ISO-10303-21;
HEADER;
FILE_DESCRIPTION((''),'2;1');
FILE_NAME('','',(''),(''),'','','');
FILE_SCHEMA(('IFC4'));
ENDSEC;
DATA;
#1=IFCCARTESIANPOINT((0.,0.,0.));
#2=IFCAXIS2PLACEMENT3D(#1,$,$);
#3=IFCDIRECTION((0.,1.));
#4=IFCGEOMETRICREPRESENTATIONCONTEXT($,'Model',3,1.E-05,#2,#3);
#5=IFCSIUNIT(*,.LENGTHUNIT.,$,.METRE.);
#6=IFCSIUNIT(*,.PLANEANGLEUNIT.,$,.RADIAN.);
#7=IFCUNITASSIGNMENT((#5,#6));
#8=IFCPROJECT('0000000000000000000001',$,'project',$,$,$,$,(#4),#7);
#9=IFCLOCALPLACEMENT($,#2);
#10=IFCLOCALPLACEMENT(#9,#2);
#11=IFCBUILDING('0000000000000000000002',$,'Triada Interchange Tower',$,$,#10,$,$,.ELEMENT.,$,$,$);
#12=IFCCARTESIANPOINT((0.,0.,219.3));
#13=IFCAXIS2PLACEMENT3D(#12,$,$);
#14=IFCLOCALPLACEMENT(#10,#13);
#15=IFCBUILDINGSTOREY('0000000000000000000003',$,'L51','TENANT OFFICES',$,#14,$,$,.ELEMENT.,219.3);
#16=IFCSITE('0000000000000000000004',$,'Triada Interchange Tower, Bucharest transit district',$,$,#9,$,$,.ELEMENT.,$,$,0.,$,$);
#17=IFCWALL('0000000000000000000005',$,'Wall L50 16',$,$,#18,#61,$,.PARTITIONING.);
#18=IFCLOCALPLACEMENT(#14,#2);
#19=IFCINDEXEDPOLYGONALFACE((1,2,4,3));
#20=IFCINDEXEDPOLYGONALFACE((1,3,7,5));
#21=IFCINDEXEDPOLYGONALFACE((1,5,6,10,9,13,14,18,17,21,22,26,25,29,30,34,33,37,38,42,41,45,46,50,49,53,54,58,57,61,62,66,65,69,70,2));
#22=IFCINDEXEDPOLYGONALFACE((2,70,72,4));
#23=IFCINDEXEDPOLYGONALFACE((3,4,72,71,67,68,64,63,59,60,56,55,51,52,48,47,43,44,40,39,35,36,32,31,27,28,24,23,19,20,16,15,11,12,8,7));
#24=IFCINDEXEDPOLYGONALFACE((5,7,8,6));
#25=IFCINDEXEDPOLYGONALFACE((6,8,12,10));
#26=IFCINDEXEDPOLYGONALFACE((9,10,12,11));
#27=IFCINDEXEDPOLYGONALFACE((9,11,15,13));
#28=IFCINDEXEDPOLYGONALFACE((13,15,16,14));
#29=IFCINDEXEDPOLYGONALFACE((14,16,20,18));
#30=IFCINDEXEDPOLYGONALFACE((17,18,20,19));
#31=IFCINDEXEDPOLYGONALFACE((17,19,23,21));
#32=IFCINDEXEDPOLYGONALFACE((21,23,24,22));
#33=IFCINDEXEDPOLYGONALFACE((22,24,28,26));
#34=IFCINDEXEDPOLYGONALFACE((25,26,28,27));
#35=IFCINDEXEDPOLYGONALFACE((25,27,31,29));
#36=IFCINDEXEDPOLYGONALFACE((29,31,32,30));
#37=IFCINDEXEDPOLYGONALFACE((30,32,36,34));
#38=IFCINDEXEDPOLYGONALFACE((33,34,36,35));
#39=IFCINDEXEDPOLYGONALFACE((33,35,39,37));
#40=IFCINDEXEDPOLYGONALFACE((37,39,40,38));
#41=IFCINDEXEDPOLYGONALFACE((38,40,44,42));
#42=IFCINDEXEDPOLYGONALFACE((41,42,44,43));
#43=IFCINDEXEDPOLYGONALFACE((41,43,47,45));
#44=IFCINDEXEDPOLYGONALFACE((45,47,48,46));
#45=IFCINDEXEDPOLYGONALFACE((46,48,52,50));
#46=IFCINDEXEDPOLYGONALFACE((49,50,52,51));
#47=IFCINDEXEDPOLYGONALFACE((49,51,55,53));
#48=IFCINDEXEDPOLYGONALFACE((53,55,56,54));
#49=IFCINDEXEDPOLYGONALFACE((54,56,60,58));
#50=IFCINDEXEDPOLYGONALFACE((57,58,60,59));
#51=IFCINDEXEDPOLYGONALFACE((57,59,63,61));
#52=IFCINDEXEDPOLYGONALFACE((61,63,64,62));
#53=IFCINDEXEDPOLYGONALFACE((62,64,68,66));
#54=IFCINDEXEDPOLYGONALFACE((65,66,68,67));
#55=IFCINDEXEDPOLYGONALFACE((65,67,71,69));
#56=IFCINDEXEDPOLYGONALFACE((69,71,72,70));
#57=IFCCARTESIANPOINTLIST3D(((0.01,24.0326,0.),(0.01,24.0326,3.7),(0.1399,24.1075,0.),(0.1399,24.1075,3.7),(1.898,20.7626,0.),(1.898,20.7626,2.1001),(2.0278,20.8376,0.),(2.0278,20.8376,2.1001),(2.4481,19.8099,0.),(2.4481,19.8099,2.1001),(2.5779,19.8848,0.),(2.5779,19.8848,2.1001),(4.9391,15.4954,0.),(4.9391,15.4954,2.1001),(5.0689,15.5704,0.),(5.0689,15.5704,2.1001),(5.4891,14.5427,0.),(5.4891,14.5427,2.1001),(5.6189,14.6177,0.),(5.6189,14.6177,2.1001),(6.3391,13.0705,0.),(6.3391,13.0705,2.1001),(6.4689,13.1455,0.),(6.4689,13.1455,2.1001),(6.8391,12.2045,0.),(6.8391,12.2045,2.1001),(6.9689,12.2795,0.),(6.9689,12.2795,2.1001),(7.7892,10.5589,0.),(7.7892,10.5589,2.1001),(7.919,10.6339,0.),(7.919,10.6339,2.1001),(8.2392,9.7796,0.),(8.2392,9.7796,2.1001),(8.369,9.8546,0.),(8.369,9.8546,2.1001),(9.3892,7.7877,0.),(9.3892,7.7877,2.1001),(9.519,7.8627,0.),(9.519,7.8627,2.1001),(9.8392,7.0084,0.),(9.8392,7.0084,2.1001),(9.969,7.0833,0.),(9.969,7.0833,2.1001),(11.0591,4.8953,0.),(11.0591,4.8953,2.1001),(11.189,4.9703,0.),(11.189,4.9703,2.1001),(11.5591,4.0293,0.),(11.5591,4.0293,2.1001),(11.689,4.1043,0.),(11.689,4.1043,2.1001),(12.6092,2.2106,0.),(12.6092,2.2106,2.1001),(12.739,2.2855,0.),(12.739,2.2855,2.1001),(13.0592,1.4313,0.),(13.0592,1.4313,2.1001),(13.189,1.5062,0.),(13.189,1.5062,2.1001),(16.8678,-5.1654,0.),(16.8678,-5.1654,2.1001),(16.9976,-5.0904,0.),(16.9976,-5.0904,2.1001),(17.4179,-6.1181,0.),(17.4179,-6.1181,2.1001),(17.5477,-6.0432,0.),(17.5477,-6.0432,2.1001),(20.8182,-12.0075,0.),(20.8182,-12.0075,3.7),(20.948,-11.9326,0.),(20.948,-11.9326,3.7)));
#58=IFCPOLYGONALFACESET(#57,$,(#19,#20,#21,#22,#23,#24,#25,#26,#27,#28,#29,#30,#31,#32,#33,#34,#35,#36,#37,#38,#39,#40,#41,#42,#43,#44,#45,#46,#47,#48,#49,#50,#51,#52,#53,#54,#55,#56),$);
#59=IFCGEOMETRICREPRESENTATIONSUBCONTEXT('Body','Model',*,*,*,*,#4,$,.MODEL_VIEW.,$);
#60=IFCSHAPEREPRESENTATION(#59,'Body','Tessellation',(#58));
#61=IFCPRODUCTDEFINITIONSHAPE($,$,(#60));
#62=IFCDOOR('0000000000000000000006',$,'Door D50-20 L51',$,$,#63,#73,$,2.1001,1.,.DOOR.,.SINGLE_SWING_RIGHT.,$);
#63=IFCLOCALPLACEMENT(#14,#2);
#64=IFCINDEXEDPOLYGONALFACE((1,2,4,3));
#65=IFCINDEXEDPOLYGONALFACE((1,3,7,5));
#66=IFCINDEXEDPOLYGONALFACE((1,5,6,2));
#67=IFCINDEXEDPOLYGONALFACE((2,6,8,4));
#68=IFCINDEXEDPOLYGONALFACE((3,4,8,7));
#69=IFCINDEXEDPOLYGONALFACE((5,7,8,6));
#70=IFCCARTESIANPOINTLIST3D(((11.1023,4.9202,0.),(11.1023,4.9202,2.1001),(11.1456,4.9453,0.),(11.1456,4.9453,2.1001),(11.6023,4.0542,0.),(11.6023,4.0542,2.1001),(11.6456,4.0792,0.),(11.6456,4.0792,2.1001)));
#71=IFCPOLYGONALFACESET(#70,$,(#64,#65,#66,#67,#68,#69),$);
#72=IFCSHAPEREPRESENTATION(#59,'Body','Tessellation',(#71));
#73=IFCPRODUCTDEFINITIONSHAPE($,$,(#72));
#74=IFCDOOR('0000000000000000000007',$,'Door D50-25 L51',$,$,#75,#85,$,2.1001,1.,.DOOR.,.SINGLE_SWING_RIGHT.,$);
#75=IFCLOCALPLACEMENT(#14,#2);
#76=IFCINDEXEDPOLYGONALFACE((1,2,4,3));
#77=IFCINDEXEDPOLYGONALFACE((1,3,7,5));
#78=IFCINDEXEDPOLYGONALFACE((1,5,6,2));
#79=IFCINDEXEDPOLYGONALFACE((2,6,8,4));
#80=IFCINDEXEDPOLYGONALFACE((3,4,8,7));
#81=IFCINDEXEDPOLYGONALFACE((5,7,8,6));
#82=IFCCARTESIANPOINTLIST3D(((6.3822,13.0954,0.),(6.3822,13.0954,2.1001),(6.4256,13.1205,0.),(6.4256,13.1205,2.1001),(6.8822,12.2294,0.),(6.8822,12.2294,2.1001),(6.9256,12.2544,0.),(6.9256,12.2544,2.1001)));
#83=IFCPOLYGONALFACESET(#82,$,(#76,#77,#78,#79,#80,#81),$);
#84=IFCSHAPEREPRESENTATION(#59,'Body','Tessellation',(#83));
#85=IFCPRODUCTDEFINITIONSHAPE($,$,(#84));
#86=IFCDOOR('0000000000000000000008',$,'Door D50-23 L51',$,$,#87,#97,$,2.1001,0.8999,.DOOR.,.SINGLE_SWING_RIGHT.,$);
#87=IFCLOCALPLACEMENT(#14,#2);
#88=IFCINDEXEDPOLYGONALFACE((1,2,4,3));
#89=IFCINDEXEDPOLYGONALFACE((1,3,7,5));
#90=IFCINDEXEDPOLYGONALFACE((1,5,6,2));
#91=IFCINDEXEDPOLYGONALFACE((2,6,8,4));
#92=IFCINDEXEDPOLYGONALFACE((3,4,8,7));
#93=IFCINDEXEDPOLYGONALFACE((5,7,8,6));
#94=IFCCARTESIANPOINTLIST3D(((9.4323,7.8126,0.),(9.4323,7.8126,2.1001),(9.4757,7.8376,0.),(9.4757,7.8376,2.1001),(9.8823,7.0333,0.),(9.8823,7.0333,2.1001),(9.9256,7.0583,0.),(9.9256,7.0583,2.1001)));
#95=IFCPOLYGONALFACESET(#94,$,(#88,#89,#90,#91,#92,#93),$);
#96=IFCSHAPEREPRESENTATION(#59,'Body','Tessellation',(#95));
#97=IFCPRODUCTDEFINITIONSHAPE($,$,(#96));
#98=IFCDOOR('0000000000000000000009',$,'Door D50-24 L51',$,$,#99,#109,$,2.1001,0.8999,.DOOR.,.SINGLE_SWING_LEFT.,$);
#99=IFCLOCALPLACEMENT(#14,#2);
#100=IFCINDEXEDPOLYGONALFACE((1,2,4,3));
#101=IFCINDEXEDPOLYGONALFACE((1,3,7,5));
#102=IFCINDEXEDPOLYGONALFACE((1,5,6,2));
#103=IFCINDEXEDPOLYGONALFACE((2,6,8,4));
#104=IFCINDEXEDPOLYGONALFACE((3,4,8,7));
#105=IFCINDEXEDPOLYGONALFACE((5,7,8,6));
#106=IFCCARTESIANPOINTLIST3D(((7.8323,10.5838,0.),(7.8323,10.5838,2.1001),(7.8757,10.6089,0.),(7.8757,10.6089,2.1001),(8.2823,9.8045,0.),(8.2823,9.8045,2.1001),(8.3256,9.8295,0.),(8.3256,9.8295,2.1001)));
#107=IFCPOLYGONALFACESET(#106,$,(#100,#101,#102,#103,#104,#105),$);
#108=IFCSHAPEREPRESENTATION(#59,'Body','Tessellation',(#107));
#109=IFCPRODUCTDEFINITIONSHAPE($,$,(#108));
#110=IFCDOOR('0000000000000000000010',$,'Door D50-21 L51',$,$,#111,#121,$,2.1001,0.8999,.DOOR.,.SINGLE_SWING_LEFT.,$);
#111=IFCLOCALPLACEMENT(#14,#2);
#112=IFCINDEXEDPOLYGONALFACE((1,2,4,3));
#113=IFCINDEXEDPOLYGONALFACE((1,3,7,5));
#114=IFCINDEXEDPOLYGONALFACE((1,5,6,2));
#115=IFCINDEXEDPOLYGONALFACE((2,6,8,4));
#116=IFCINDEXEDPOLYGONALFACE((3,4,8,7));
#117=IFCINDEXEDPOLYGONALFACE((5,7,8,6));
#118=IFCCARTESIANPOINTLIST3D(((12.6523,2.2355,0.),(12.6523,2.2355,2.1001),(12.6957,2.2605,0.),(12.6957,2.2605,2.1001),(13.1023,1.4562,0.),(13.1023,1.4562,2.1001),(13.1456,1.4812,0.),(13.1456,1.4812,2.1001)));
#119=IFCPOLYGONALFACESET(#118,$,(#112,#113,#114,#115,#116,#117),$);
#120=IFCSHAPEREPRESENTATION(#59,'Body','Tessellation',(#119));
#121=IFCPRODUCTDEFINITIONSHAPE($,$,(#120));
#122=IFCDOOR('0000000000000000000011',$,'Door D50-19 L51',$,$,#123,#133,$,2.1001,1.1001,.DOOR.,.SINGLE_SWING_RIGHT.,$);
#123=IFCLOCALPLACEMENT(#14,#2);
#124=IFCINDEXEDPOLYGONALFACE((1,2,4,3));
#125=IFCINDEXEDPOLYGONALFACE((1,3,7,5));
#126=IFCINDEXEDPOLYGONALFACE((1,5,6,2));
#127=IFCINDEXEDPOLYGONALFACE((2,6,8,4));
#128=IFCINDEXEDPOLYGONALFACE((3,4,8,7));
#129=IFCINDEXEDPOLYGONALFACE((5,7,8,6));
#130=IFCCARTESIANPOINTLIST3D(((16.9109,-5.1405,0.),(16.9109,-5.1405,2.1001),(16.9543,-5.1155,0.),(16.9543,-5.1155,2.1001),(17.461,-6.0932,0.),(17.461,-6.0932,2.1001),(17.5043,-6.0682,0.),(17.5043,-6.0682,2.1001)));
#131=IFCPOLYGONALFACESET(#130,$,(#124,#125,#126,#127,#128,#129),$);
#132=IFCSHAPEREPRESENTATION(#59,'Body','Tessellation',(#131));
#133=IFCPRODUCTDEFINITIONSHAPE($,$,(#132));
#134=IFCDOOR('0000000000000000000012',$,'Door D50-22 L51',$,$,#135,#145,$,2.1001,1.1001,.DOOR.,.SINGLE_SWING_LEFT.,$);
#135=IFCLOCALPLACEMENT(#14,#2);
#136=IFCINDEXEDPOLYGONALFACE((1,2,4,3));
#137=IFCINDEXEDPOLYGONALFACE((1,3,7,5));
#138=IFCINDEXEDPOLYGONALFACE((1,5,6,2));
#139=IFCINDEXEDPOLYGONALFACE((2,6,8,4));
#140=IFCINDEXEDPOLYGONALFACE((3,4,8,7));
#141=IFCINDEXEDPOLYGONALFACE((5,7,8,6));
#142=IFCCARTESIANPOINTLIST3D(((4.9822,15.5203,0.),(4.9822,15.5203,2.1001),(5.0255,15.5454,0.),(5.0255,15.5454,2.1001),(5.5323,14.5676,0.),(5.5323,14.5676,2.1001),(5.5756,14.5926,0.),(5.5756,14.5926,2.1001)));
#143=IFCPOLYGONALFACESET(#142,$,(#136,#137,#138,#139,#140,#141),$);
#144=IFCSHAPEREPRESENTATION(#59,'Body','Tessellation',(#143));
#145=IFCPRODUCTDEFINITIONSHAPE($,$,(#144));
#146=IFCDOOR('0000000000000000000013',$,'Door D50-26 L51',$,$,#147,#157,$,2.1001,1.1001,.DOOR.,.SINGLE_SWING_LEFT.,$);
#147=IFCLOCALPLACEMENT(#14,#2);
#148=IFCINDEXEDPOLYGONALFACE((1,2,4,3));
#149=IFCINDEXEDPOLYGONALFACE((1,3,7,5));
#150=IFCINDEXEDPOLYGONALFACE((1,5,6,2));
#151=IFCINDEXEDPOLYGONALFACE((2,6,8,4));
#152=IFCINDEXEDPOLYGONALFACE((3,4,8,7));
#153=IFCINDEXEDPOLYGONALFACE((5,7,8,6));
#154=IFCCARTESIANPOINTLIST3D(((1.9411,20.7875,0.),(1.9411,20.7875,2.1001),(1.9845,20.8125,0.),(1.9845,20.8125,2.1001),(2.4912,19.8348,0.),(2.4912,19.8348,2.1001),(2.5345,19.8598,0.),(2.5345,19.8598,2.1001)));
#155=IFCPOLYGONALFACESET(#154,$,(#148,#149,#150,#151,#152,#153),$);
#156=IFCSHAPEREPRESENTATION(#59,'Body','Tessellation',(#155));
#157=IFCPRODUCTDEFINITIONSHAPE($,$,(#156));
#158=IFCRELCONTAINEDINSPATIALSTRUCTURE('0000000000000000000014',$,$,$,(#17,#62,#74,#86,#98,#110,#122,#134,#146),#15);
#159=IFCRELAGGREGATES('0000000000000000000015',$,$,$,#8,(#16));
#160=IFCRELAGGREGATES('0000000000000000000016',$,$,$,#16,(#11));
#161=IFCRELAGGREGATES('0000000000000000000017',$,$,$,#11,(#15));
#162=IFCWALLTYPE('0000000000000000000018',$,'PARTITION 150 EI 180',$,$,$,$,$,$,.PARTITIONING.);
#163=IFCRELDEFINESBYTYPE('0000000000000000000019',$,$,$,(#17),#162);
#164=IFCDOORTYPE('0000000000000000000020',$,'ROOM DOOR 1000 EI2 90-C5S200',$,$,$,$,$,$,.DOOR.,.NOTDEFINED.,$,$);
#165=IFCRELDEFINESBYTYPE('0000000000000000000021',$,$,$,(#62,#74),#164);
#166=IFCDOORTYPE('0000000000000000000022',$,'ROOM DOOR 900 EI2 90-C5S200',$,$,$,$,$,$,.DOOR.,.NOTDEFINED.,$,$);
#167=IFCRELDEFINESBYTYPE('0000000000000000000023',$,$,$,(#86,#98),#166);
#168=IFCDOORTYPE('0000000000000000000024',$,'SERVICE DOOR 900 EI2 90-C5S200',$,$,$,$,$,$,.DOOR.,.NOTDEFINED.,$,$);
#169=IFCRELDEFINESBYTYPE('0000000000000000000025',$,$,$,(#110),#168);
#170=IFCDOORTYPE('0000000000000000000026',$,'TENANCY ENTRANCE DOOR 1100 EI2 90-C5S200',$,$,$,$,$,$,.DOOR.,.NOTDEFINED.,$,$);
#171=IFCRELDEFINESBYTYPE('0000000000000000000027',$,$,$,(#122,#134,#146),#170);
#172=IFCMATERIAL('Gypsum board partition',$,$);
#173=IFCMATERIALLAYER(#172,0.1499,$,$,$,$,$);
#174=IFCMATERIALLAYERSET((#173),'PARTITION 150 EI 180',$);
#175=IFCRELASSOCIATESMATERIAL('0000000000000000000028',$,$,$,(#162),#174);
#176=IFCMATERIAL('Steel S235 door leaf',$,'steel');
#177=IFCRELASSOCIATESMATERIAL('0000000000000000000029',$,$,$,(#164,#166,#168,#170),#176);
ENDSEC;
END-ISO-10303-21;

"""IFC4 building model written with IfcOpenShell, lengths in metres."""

from ifc_helpers import new_model, si_unit, direction, frame, frame_2d, origin, place, context, subcontext, project, spatial, rectangle, extrude, material, layer, layer_set, type_object, element, fill, save


model = new_model("IFC4")

# Units and contexts
model_context = context("Model", 3, precision=1e-05, world=origin(), true_north=direction((0.0, 1.0)))
body_context = subcontext(model_context, "Body", "Model", "MODEL_VIEW")
ifc_project = project(units=[si_unit("LENGTHUNIT", "METRE"), si_unit("PLANEANGLEUNIT", "RADIAN")], contexts=[model_context])

# Site, building, storey
site_placement = place(None, origin())
site = spatial("IfcSite", under=ifc_project, at=site_placement, Name="Triada Interchange Tower, Bucharest transit district", CompositionType="ELEMENT", RefElevation=0.0)
building_placement = place(site_placement, origin())
building = spatial("IfcBuilding", under=site, at=building_placement, Name="Triada Interchange Tower", CompositionType="ELEMENT")
storey_placement = place(building_placement, frame((0.0, 0.0, 219.3)))
storey = spatial("IfcBuildingStorey", under=building, at=storey_placement, Name="L51", Description="TENANT OFFICES", CompositionType="ELEMENT", Elevation=219.3)

# Wall, openings, doors
ifc_material_1 = material(Name="Gypsum board partition")
ifc_layer_1 = layer(ifc_material_1, 0.1499)
ifc_layer_set_1 = layer_set([ifc_layer_1], Name="PARTITION 150 EI 180")
wall_type_1 = type_object("IfcWallType", Name="PARTITION 150 EI 180", PredefinedType="PARTITIONING", material=ifc_layer_set_1)
wall_1_placement = place(storey_placement, frame((0.075, 24.0701, 0.0), z_axis=(0.0, 0.0, 1.0), x_axis=(0.500007, -0.866021, 0.0)))
wall_1 = element("IfcWall", 1, at=wall_1_placement, inside=storey, type_object=wall_type_1, Name="Wall L50 16", PredefinedType="PARTITIONING", context=body_context, shape_type="SweptSolid", body=[
    extrude(rectangle(XDim=41.6157, YDim=0.1499, at=frame_2d((20.8079, 0.0))), origin(), (0.0, 0.0, 1.0), 3.7),
])
opening_1_placement = place(wall_1_placement, frame((33.7151, 0.0, 0.0)))
opening_1 = element("IfcOpeningElement", 2, at=opening_1_placement, cuts=wall_1, PredefinedType="OPENING", context=body_context, shape_type="SweptSolid", body=[
    extrude(rectangle(XDim=1.1001, YDim=2.1001, at=frame_2d((0.55, 1.05))), frame((0.0, 0.085, 0.0), z_axis=(0.0, -1.0, 0.0), x_axis=(1.0, 0.0, 0.0)), (0.0, 0.0, 1.0), 0.1699),
])
opening_2_placement = place(wall_1_placement, frame((22.0979, 0.0, 0.0)))
opening_2 = element("IfcOpeningElement", 3, at=opening_2_placement, cuts=wall_1, PredefinedType="OPENING", context=body_context, shape_type="SweptSolid", body=[
    extrude(rectangle(XDim=1.0, YDim=2.1001, at=frame_2d((0.5, 1.05))), frame((0.0, 0.085, 0.0), z_axis=(0.0, -1.0, 0.0), x_axis=(1.0, 0.0, 0.0)), (0.0, 0.0, 1.0), 0.1699),
])
opening_3_placement = place(wall_1_placement, frame((25.198, 0.0, 0.0)))
opening_3 = element("IfcOpeningElement", 4, at=opening_3_placement, cuts=wall_1, PredefinedType="OPENING", context=body_context, shape_type="SweptSolid", body=[
    extrude(rectangle(XDim=0.8999, YDim=2.1001, at=frame_2d((0.45, 1.05))), frame((0.0, 0.085, 0.0), z_axis=(0.0, -1.0, 0.0), x_axis=(1.0, 0.0, 0.0)), (0.0, 0.0, 1.0), 0.1699),
])
opening_4_placement = place(wall_1_placement, frame((9.8579, 0.0, 0.0)))
opening_4 = element("IfcOpeningElement", 5, at=opening_4_placement, cuts=wall_1, PredefinedType="OPENING", context=body_context, shape_type="SweptSolid", body=[
    extrude(rectangle(XDim=1.1001, YDim=2.1001, at=frame_2d((0.55, 1.05))), frame((0.0, 0.085, 0.0), z_axis=(0.0, -1.0, 0.0), x_axis=(1.0, 0.0, 0.0)), (0.0, 0.0, 1.0), 0.1699),
])
opening_5_placement = place(wall_1_placement, frame((18.7581, 0.0, 0.0)))
opening_5 = element("IfcOpeningElement", 6, at=opening_5_placement, cuts=wall_1, PredefinedType="OPENING", context=body_context, shape_type="SweptSolid", body=[
    extrude(rectangle(XDim=0.8999, YDim=2.1001, at=frame_2d((0.45, 1.05))), frame((0.0, 0.085, 0.0), z_axis=(0.0, -1.0, 0.0), x_axis=(1.0, 0.0, 0.0)), (0.0, 0.0, 1.0), 0.1699),
])
opening_6_placement = place(wall_1_placement, frame((15.5581, 0.0, 0.0)))
opening_6 = element("IfcOpeningElement", 7, at=opening_6_placement, cuts=wall_1, PredefinedType="OPENING", context=body_context, shape_type="SweptSolid", body=[
    extrude(rectangle(XDim=0.8999, YDim=2.1001, at=frame_2d((0.45, 1.05))), frame((0.0, 0.085, 0.0), z_axis=(0.0, -1.0, 0.0), x_axis=(1.0, 0.0, 0.0)), (0.0, 0.0, 1.0), 0.1699),
])
opening_7_placement = place(wall_1_placement, frame((12.658, 0.0, 0.0)))
opening_7 = element("IfcOpeningElement", 8, at=opening_7_placement, cuts=wall_1, PredefinedType="OPENING", context=body_context, shape_type="SweptSolid", body=[
    extrude(rectangle(XDim=1.0, YDim=2.1001, at=frame_2d((0.5, 1.05))), frame((0.0, 0.085, 0.0), z_axis=(0.0, -1.0, 0.0), x_axis=(1.0, 0.0, 0.0)), (0.0, 0.0, 1.0), 0.1699),
])
opening_8_placement = place(wall_1_placement, frame((3.7759, 0.0, 0.0)))
opening_8 = element("IfcOpeningElement", 9, at=opening_8_placement, cuts=wall_1, PredefinedType="OPENING", context=body_context, shape_type="SweptSolid", body=[
    extrude(rectangle(XDim=1.1001, YDim=2.1001, at=frame_2d((0.55, 1.05))), frame((0.0, 0.085, 0.0), z_axis=(0.0, -1.0, 0.0), x_axis=(1.0, 0.0, 0.0)), (0.0, 0.0, 1.0), 0.1699),
])
ifc_material_2 = material(Name="Steel S235 door leaf", Category="steel")
door_type_1 = type_object("IfcDoorType", Name="ROOM DOOR 1000 EI2 90-C5S200", OperationType="NOTDEFINED", PredefinedType="DOOR", material=ifc_material_2)
door_1_placement = place(opening_2_placement, origin())
door_1 = element("IfcDoor", 10, at=door_1_placement, inside=storey, type_object=door_type_1, Name="Door D50-20 L51", OperationType="SINGLE_SWING_RIGHT", OverallHeight=2.1001, OverallWidth=1.0, PredefinedType="DOOR", context=body_context, shape_type="SweptSolid", body=[
    extrude(rectangle(XDim=1.0, YDim=2.1001, at=frame_2d((0.5, 1.05))), frame((0.0, 0.0249, 0.0), z_axis=(0.0, -1.0, 0.0), x_axis=(1.0, 0.0, 0.0)), (0.0, 0.0, 1.0), 0.05),
])
fill(opening_2, door_1)
door_2_placement = place(opening_7_placement, origin())
door_2 = element("IfcDoor", 11, at=door_2_placement, inside=storey, type_object=door_type_1, Name="Door D50-25 L51", OperationType="SINGLE_SWING_RIGHT", OverallHeight=2.1001, OverallWidth=1.0, PredefinedType="DOOR", context=body_context, shape_type="SweptSolid", body=[
    extrude(rectangle(XDim=1.0, YDim=2.1001, at=frame_2d((0.5, 1.05))), frame((0.0, 0.0249, 0.0), z_axis=(0.0, -1.0, 0.0), x_axis=(1.0, 0.0, 0.0)), (0.0, 0.0, 1.0), 0.05),
])
fill(opening_7, door_2)
door_type_2 = type_object("IfcDoorType", Name="ROOM DOOR 900 EI2 90-C5S200", OperationType="NOTDEFINED", PredefinedType="DOOR", material=ifc_material_2)
door_3_placement = place(opening_5_placement, origin())
door_3 = element("IfcDoor", 12, at=door_3_placement, inside=storey, type_object=door_type_2, Name="Door D50-23 L51", OperationType="SINGLE_SWING_RIGHT", OverallHeight=2.1001, OverallWidth=0.8999, PredefinedType="DOOR", context=body_context, shape_type="SweptSolid", body=[
    extrude(rectangle(XDim=0.8999, YDim=2.1001, at=frame_2d((0.45, 1.05))), frame((0.0, 0.0249, 0.0), z_axis=(0.0, -1.0, 0.0), x_axis=(1.0, 0.0, 0.0)), (0.0, 0.0, 1.0), 0.05),
])
fill(opening_5, door_3)
door_4_placement = place(opening_6_placement, origin())
door_4 = element("IfcDoor", 13, at=door_4_placement, inside=storey, type_object=door_type_2, Name="Door D50-24 L51", OperationType="SINGLE_SWING_LEFT", OverallHeight=2.1001, OverallWidth=0.8999, PredefinedType="DOOR", context=body_context, shape_type="SweptSolid", body=[
    extrude(rectangle(XDim=0.8999, YDim=2.1001, at=frame_2d((0.45, 1.05))), frame((0.0, 0.0249, 0.0), z_axis=(0.0, -1.0, 0.0), x_axis=(1.0, 0.0, 0.0)), (0.0, 0.0, 1.0), 0.05),
])
fill(opening_6, door_4)
door_type_3 = type_object("IfcDoorType", Name="SERVICE DOOR 900 EI2 90-C5S200", OperationType="NOTDEFINED", PredefinedType="DOOR", material=ifc_material_2)
door_5_placement = place(opening_3_placement, origin())
door_5 = element("IfcDoor", 14, at=door_5_placement, inside=storey, type_object=door_type_3, Name="Door D50-21 L51", OperationType="SINGLE_SWING_LEFT", OverallHeight=2.1001, OverallWidth=0.8999, PredefinedType="DOOR", context=body_context, shape_type="SweptSolid", body=[
    extrude(rectangle(XDim=0.8999, YDim=2.1001, at=frame_2d((0.45, 1.05))), frame((0.0, 0.0249, 0.0), z_axis=(0.0, -1.0, 0.0), x_axis=(1.0, 0.0, 0.0)), (0.0, 0.0, 1.0), 0.05),
])
fill(opening_3, door_5)
door_type_4 = type_object("IfcDoorType", Name="TENANCY ENTRANCE DOOR 1100 EI2 90-C5S200", OperationType="NOTDEFINED", PredefinedType="DOOR", material=ifc_material_2)
door_6_placement = place(opening_1_placement, origin())
door_6 = element("IfcDoor", 15, at=door_6_placement, inside=storey, type_object=door_type_4, Name="Door D50-19 L51", OperationType="SINGLE_SWING_RIGHT", OverallHeight=2.1001, OverallWidth=1.1001, PredefinedType="DOOR", context=body_context, shape_type="SweptSolid", body=[
    extrude(rectangle(XDim=1.1001, YDim=2.1001, at=frame_2d((0.55, 1.05))), frame((0.0, 0.0249, 0.0), z_axis=(0.0, -1.0, 0.0), x_axis=(1.0, 0.0, 0.0)), (0.0, 0.0, 1.0), 0.05),
])
fill(opening_1, door_6)
door_7_placement = place(opening_4_placement, origin())
door_7 = element("IfcDoor", 16, at=door_7_placement, inside=storey, type_object=door_type_4, Name="Door D50-22 L51", OperationType="SINGLE_SWING_LEFT", OverallHeight=2.1001, OverallWidth=1.1001, PredefinedType="DOOR", context=body_context, shape_type="SweptSolid", body=[
    extrude(rectangle(XDim=1.1001, YDim=2.1001, at=frame_2d((0.55, 1.05))), frame((0.0, 0.0249, 0.0), z_axis=(0.0, -1.0, 0.0), x_axis=(1.0, 0.0, 0.0)), (0.0, 0.0, 1.0), 0.05),
])
fill(opening_4, door_7)
door_8_placement = place(opening_8_placement, origin())
door_8 = element("IfcDoor", 17, at=door_8_placement, inside=storey, type_object=door_type_4, Name="Door D50-26 L51", OperationType="SINGLE_SWING_LEFT", OverallHeight=2.1001, OverallWidth=1.1001, PredefinedType="DOOR", context=body_context, shape_type="SweptSolid", body=[
    extrude(rectangle(XDim=1.1001, YDim=2.1001, at=frame_2d((0.55, 1.05))), frame((0.0, 0.0249, 0.0), z_axis=(0.0, -1.0, 0.0), x_axis=(1.0, 0.0, 0.0)), (0.0, 0.0, 1.0), 0.05),
])
fill(opening_8, door_8)

save(model, "model.ifc")
